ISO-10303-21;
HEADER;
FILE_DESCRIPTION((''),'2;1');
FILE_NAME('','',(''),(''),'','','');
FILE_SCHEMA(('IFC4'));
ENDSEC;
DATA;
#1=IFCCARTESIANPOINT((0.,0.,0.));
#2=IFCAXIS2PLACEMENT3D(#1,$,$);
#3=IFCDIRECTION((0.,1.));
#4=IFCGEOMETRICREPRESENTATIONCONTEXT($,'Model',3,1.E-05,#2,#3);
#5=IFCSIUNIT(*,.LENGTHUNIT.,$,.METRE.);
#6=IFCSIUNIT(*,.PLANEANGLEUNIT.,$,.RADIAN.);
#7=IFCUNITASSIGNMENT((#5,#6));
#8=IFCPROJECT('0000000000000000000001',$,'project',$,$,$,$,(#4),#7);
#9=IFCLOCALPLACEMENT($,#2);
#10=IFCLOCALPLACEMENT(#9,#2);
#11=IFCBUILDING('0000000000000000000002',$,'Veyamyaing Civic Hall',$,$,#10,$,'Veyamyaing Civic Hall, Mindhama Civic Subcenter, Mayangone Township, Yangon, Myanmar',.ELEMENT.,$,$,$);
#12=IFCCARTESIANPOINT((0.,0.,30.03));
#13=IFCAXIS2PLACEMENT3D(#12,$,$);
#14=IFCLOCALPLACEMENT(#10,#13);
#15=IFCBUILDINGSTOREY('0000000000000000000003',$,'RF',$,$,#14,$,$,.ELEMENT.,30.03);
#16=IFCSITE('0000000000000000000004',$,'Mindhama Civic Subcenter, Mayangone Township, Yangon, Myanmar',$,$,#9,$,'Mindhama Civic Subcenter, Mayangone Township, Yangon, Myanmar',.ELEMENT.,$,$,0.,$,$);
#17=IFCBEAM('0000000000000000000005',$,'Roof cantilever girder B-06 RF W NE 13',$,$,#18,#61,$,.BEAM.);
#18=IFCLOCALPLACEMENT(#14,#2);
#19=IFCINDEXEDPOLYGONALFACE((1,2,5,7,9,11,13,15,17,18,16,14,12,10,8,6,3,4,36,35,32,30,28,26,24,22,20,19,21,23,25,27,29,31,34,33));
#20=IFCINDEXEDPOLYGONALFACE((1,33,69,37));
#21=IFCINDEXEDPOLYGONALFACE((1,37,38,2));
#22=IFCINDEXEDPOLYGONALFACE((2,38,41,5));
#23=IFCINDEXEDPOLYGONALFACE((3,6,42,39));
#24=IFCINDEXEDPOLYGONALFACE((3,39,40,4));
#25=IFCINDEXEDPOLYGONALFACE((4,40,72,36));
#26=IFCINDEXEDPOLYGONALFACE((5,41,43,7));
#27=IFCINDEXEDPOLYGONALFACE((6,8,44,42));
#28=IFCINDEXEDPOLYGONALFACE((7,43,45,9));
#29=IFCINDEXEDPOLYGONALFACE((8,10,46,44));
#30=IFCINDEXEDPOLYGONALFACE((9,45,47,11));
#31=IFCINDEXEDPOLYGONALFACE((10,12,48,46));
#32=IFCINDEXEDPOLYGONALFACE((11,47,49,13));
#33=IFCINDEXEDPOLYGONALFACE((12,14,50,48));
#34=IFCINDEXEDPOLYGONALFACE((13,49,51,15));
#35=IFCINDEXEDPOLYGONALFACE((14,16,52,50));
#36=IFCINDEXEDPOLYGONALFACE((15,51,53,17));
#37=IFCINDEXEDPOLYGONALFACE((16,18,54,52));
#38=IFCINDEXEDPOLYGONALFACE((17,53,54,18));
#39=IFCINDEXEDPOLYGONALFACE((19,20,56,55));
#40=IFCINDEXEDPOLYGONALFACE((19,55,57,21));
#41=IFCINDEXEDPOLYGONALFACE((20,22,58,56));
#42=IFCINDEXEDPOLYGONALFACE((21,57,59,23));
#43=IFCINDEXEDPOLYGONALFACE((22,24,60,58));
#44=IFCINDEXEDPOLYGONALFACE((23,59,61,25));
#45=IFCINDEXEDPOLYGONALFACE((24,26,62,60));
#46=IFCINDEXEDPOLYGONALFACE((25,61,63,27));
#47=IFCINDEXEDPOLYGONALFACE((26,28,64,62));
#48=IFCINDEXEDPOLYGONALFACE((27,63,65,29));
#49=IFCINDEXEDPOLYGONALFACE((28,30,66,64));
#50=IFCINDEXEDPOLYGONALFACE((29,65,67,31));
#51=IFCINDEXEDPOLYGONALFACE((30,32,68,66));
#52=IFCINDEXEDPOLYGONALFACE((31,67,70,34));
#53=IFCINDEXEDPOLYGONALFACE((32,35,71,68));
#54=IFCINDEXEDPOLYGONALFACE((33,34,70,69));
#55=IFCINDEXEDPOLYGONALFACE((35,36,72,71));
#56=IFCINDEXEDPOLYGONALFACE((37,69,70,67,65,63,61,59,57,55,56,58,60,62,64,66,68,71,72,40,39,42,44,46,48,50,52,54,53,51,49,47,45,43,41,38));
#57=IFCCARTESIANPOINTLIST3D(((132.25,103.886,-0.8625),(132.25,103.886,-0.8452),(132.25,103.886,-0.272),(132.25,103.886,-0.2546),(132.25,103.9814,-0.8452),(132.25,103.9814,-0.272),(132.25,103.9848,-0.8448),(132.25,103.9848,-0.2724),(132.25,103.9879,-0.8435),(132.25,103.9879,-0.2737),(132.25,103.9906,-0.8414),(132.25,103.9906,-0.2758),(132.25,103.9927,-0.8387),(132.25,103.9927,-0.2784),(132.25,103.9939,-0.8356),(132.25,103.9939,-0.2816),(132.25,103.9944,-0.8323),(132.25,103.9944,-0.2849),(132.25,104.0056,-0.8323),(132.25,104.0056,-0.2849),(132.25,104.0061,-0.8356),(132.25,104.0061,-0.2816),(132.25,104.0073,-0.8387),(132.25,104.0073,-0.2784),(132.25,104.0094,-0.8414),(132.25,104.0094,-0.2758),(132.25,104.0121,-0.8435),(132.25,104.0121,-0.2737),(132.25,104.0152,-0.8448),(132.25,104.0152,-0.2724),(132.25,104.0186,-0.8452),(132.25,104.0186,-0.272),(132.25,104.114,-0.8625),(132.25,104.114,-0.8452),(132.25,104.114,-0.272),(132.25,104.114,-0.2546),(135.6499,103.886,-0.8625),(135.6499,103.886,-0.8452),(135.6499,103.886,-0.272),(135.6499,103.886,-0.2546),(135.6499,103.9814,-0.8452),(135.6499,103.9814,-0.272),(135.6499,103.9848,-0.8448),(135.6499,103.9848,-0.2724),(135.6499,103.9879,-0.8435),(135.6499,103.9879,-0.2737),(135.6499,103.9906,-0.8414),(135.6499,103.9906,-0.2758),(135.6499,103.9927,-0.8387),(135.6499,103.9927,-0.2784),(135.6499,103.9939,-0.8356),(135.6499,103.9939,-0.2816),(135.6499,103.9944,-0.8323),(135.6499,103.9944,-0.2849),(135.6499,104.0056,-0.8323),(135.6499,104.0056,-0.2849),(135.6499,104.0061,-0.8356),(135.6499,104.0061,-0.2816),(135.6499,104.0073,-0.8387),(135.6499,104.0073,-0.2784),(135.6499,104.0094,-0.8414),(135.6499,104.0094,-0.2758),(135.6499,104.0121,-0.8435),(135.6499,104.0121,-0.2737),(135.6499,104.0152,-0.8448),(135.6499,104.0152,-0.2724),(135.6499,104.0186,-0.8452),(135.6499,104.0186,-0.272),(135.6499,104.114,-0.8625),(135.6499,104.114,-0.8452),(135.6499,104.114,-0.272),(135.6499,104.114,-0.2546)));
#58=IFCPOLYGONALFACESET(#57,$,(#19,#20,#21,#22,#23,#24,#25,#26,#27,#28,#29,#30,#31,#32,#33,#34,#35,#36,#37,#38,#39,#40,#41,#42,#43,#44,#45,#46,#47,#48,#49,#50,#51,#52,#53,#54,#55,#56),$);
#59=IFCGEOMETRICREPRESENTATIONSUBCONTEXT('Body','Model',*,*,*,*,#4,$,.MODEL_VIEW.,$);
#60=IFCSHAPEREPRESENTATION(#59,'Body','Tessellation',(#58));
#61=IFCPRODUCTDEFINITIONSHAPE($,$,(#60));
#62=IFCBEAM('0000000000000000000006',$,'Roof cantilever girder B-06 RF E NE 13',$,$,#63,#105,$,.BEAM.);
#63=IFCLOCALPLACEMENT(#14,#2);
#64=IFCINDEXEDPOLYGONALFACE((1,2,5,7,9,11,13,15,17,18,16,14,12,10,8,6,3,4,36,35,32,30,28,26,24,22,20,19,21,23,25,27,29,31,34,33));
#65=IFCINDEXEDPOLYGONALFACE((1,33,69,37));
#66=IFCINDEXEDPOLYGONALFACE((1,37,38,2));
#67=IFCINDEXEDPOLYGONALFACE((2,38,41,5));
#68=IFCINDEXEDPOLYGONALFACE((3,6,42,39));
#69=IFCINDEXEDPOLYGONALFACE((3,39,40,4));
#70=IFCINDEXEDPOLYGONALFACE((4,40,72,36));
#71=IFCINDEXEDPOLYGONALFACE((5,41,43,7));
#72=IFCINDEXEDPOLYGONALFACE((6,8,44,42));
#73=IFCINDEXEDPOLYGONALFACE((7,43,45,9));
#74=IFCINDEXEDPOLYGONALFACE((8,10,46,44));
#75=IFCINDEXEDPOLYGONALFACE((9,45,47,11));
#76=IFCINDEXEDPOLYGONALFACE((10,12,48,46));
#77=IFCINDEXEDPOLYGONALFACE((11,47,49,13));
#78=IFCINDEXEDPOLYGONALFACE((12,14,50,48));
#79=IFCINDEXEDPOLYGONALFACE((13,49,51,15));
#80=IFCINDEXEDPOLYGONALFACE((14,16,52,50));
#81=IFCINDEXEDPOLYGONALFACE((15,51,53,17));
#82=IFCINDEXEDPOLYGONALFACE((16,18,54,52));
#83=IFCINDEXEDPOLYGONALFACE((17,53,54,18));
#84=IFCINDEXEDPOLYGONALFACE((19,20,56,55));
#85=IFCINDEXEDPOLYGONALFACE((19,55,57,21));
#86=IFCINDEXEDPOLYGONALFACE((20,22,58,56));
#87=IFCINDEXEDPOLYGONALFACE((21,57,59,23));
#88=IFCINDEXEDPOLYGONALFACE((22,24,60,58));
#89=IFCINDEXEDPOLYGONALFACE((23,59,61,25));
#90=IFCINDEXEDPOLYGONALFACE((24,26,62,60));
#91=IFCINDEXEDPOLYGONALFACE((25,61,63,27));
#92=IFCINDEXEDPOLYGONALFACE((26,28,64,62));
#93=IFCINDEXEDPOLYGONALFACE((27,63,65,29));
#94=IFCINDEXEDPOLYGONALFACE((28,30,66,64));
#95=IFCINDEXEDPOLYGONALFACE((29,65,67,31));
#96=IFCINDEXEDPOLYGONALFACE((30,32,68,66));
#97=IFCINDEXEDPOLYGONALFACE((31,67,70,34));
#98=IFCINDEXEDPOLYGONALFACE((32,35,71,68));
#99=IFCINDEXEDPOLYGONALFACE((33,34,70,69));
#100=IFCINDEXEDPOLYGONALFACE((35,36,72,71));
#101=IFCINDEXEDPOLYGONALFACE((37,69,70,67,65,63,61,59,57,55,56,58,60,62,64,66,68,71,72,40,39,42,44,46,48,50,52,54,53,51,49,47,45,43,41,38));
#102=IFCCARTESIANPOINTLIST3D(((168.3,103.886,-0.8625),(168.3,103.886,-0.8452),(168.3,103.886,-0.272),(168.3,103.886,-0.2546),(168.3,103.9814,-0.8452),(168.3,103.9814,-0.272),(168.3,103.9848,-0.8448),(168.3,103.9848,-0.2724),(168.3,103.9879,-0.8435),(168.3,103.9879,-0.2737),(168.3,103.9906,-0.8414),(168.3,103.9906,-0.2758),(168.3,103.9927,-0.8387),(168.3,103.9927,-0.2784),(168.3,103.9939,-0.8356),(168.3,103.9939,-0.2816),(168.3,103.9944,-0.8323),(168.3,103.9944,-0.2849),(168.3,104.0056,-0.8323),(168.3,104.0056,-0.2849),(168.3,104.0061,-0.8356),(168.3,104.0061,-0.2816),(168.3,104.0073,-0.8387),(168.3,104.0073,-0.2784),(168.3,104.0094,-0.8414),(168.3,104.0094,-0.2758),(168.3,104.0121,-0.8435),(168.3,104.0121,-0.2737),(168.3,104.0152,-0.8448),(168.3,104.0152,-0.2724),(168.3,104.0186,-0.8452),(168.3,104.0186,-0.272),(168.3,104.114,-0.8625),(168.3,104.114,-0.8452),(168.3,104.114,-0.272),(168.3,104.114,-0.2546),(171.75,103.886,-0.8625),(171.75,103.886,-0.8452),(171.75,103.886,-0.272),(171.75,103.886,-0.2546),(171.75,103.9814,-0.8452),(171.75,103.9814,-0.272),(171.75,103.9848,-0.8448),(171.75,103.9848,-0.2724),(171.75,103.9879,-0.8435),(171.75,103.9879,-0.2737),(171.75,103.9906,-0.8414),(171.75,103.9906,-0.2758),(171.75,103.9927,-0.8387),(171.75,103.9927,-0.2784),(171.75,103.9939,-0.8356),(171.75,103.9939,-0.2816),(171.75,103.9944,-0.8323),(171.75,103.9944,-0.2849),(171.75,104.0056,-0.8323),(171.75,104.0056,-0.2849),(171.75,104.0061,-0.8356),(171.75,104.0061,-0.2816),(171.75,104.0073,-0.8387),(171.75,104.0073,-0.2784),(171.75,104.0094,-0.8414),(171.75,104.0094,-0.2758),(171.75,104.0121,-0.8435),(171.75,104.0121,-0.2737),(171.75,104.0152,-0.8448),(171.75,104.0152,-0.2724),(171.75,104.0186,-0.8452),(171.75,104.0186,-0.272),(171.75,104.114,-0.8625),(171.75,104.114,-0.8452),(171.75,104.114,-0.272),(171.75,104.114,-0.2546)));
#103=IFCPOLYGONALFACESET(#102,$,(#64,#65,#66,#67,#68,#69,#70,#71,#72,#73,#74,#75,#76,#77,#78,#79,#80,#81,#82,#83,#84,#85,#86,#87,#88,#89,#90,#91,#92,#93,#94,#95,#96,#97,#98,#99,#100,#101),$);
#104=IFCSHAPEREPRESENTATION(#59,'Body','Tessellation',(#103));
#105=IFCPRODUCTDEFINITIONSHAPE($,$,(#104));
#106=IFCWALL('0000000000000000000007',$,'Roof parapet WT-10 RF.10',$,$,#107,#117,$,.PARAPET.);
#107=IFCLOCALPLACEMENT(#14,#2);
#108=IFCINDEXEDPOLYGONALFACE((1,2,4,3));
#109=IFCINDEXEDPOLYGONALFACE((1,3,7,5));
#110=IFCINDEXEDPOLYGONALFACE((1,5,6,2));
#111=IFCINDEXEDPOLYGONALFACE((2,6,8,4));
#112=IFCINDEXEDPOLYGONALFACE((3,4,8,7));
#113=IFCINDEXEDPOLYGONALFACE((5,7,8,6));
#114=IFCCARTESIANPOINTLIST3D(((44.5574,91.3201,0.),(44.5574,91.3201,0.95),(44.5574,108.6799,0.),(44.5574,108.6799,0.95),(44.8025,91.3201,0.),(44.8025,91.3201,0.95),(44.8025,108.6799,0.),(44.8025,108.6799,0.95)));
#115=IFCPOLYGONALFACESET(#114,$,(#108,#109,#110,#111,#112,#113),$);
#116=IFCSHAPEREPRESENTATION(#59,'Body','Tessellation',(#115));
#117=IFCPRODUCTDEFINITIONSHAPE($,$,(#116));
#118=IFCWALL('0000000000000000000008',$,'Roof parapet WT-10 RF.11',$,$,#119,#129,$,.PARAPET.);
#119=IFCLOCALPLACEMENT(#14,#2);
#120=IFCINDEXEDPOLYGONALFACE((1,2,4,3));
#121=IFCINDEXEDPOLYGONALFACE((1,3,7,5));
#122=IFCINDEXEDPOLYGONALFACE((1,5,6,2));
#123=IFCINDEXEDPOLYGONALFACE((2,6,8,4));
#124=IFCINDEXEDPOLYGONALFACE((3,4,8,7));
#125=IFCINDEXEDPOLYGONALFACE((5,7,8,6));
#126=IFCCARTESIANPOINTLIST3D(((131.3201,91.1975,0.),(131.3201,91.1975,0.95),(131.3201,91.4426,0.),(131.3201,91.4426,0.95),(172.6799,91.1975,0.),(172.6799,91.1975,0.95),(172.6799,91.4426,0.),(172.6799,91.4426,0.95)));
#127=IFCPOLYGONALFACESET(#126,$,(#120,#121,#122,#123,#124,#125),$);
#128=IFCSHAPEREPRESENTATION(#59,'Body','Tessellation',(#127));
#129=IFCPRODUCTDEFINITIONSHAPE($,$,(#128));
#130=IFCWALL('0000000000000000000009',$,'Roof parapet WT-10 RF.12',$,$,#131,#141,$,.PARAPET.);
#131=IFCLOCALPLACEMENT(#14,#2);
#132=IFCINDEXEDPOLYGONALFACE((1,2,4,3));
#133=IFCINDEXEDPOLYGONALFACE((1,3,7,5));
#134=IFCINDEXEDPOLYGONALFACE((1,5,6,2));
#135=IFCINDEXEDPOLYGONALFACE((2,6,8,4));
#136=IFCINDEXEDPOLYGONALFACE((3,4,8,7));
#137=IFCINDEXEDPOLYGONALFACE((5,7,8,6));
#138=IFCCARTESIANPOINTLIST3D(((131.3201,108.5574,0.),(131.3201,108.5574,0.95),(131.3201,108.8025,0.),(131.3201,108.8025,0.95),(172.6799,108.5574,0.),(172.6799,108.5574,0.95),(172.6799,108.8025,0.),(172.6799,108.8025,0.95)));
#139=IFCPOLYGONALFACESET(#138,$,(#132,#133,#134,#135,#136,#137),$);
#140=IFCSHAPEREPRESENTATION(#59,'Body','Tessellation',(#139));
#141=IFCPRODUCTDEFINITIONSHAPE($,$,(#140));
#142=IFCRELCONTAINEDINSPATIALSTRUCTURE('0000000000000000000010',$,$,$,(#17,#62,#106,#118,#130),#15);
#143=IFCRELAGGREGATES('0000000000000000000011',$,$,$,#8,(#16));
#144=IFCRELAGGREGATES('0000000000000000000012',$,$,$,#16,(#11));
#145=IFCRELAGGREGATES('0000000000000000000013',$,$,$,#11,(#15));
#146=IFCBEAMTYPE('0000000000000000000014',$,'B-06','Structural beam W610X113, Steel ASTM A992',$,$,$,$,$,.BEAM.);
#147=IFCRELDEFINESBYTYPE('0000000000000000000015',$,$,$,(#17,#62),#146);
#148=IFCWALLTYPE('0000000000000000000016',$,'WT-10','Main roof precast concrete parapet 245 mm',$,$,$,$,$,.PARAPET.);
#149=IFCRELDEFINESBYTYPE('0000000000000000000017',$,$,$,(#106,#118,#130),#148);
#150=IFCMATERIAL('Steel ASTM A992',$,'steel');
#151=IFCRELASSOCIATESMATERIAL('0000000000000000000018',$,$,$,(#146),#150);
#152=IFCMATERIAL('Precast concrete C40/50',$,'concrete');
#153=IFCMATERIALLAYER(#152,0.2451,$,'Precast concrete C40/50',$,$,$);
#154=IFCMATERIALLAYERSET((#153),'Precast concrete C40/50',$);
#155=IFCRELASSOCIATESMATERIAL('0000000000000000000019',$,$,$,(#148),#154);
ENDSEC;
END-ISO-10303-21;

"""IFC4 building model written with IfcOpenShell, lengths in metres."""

from ifc_helpers import new_model, si_unit, direction, frame, frame_2d, origin, origin_2d, place, context, subcontext, project, spatial, rectangle, i_section, extrude, material, layer, layer_set, material_profile, profile_set, type_object, element, save


model = new_model("IFC4")

# Units and contexts
model_context = context("Model", 3, precision=1e-05, world=origin(), true_north=direction((0.0, 1.0)))
body_context = subcontext(model_context, "Body", "Model", "MODEL_VIEW")
ifc_project = project(units=[si_unit("LENGTHUNIT", "METRE"), si_unit("PLANEANGLEUNIT", "RADIAN")], contexts=[model_context])

# Site, building, storey
site_placement = place(None, origin())
site = spatial("IfcSite", under=ifc_project, at=site_placement, Name="Mindhama Civic Subcenter, Mayangone Township, Yangon, Myanmar", LongName="Mindhama Civic Subcenter, Mayangone Township, Yangon, Myanmar", CompositionType="ELEMENT", RefElevation=0.0)
building_placement = place(site_placement, origin())
building = spatial("IfcBuilding", under=site, at=building_placement, Name="Veyamyaing Civic Hall", LongName="Veyamyaing Civic Hall, Mindhama Civic Subcenter, Mayangone Township, Yangon, Myanmar", CompositionType="ELEMENT")
storey_placement = place(building_placement, frame((0.0, 0.0, 30.03)))
storey = spatial("IfcBuildingStorey", under=building, at=storey_placement, Name="RF", CompositionType="ELEMENT", Elevation=30.03)

# Beams
ifc_material_1 = material(Name="Steel ASTM A992", Category="steel")
ifc_material_profile_1 = material_profile(ifc_material_1, i_section(OverallWidth=0.228, OverallDepth=0.6079, WebThickness=0.0112, FlangeThickness=0.0173, FilletRadius=0.0129, at=origin_2d()), Name="W610X113")
ifc_profile_set_1 = profile_set([ifc_material_profile_1], Name="Steel ASTM A992")
beam_type_1 = type_object("IfcBeamType", Name="B-06", Description="Structural beam W610X113, Steel ASTM A992", PredefinedType="BEAM", material=ifc_profile_set_1)
for number, where, z_axis, x_axis, name in (
    (1, (132.25, 104.0, -0.5586), (1.0, 0.0, 0.0), (0.0, 1.0, 0.0), "Roof cantilever girder B-06 RF W NE 13"),
):
    element("IfcBeam", number, at=place(storey_placement, frame(where, z_axis=z_axis, x_axis=x_axis)), inside=storey, type_object=beam_type_1, Name=name, PredefinedType="BEAM", context=body_context, shape_type="SweptSolid", body=[
        extrude(i_section(OverallWidth=0.228, OverallDepth=0.6079, WebThickness=0.0112, FlangeThickness=0.0173, FilletRadius=0.0129, at=origin_2d()), origin(), (0.0, 0.0, 1.0), 3.3999),
    ])
beam_1_placement = place(storey_placement, frame((168.3, 104.0, -0.5586), z_axis=(1.0, 0.0, 0.0), x_axis=(0.0, 1.0, 0.0)))
element("IfcBeam", 2, at=beam_1_placement, inside=storey, type_object=beam_type_1, Name="Roof cantilever girder B-06 RF E NE 13", PredefinedType="BEAM", context=body_context, shape_type="SweptSolid", body=[
    extrude(i_section(OverallWidth=0.228, OverallDepth=0.6079, WebThickness=0.0112, FlangeThickness=0.0173, FilletRadius=0.0129, at=origin_2d()), origin(), (0.0, 0.0, 1.0), 3.45),
])

# Walls
ifc_material_2 = material(Name="Precast concrete C40/50", Category="concrete")
ifc_layer = layer(ifc_material_2, 0.2451, Name="Precast concrete C40/50")
ifc_layer_set = layer_set([ifc_layer], Name="Precast concrete C40/50")
wall_type = type_object("IfcWallType", Name="WT-10", Description="Main roof precast concrete parapet 245 mm", PredefinedType="PARAPET", material=ifc_layer_set)
wall_placement = place(storey_placement, frame((44.6799, 91.3201, 0.0), z_axis=(0.0, 0.0, 1.0), x_axis=(0.0, 1.0, 0.0)))
element("IfcWall", 3, at=wall_placement, inside=storey, type_object=wall_type, Name="Roof parapet WT-10 RF.10", PredefinedType="PARAPET", context=body_context, shape_type="SweptSolid", body=[
    extrude(rectangle(XDim=17.3599, YDim=0.2451, at=frame_2d((8.6799, 0.0))), origin(), (0.0, 0.0, 1.0), 0.95),
])
for number, where, z_axis, x_axis, name in (
    (4, (131.3201, 91.3201, 0.0), (0.0, 0.0, 1.0), (1.0, 0.0, 0.0), "Roof parapet WT-10 RF.11"),
    (5, (131.3201, 108.6799, 0.0), (0.0, 0.0, 1.0), (1.0, 0.0, 0.0), "Roof parapet WT-10 RF.12"),
):
    element("IfcWall", number, at=place(storey_placement, frame(where, z_axis=z_axis, x_axis=x_axis)), inside=storey, type_object=wall_type, Name=name, PredefinedType="PARAPET", context=body_context, shape_type="SweptSolid", body=[
        extrude(rectangle(XDim=41.3599, YDim=0.2451, at=frame_2d((20.6799, 0.0))), origin(), (0.0, 0.0, 1.0), 0.95),
    ])

save(model, "model.ifc")
